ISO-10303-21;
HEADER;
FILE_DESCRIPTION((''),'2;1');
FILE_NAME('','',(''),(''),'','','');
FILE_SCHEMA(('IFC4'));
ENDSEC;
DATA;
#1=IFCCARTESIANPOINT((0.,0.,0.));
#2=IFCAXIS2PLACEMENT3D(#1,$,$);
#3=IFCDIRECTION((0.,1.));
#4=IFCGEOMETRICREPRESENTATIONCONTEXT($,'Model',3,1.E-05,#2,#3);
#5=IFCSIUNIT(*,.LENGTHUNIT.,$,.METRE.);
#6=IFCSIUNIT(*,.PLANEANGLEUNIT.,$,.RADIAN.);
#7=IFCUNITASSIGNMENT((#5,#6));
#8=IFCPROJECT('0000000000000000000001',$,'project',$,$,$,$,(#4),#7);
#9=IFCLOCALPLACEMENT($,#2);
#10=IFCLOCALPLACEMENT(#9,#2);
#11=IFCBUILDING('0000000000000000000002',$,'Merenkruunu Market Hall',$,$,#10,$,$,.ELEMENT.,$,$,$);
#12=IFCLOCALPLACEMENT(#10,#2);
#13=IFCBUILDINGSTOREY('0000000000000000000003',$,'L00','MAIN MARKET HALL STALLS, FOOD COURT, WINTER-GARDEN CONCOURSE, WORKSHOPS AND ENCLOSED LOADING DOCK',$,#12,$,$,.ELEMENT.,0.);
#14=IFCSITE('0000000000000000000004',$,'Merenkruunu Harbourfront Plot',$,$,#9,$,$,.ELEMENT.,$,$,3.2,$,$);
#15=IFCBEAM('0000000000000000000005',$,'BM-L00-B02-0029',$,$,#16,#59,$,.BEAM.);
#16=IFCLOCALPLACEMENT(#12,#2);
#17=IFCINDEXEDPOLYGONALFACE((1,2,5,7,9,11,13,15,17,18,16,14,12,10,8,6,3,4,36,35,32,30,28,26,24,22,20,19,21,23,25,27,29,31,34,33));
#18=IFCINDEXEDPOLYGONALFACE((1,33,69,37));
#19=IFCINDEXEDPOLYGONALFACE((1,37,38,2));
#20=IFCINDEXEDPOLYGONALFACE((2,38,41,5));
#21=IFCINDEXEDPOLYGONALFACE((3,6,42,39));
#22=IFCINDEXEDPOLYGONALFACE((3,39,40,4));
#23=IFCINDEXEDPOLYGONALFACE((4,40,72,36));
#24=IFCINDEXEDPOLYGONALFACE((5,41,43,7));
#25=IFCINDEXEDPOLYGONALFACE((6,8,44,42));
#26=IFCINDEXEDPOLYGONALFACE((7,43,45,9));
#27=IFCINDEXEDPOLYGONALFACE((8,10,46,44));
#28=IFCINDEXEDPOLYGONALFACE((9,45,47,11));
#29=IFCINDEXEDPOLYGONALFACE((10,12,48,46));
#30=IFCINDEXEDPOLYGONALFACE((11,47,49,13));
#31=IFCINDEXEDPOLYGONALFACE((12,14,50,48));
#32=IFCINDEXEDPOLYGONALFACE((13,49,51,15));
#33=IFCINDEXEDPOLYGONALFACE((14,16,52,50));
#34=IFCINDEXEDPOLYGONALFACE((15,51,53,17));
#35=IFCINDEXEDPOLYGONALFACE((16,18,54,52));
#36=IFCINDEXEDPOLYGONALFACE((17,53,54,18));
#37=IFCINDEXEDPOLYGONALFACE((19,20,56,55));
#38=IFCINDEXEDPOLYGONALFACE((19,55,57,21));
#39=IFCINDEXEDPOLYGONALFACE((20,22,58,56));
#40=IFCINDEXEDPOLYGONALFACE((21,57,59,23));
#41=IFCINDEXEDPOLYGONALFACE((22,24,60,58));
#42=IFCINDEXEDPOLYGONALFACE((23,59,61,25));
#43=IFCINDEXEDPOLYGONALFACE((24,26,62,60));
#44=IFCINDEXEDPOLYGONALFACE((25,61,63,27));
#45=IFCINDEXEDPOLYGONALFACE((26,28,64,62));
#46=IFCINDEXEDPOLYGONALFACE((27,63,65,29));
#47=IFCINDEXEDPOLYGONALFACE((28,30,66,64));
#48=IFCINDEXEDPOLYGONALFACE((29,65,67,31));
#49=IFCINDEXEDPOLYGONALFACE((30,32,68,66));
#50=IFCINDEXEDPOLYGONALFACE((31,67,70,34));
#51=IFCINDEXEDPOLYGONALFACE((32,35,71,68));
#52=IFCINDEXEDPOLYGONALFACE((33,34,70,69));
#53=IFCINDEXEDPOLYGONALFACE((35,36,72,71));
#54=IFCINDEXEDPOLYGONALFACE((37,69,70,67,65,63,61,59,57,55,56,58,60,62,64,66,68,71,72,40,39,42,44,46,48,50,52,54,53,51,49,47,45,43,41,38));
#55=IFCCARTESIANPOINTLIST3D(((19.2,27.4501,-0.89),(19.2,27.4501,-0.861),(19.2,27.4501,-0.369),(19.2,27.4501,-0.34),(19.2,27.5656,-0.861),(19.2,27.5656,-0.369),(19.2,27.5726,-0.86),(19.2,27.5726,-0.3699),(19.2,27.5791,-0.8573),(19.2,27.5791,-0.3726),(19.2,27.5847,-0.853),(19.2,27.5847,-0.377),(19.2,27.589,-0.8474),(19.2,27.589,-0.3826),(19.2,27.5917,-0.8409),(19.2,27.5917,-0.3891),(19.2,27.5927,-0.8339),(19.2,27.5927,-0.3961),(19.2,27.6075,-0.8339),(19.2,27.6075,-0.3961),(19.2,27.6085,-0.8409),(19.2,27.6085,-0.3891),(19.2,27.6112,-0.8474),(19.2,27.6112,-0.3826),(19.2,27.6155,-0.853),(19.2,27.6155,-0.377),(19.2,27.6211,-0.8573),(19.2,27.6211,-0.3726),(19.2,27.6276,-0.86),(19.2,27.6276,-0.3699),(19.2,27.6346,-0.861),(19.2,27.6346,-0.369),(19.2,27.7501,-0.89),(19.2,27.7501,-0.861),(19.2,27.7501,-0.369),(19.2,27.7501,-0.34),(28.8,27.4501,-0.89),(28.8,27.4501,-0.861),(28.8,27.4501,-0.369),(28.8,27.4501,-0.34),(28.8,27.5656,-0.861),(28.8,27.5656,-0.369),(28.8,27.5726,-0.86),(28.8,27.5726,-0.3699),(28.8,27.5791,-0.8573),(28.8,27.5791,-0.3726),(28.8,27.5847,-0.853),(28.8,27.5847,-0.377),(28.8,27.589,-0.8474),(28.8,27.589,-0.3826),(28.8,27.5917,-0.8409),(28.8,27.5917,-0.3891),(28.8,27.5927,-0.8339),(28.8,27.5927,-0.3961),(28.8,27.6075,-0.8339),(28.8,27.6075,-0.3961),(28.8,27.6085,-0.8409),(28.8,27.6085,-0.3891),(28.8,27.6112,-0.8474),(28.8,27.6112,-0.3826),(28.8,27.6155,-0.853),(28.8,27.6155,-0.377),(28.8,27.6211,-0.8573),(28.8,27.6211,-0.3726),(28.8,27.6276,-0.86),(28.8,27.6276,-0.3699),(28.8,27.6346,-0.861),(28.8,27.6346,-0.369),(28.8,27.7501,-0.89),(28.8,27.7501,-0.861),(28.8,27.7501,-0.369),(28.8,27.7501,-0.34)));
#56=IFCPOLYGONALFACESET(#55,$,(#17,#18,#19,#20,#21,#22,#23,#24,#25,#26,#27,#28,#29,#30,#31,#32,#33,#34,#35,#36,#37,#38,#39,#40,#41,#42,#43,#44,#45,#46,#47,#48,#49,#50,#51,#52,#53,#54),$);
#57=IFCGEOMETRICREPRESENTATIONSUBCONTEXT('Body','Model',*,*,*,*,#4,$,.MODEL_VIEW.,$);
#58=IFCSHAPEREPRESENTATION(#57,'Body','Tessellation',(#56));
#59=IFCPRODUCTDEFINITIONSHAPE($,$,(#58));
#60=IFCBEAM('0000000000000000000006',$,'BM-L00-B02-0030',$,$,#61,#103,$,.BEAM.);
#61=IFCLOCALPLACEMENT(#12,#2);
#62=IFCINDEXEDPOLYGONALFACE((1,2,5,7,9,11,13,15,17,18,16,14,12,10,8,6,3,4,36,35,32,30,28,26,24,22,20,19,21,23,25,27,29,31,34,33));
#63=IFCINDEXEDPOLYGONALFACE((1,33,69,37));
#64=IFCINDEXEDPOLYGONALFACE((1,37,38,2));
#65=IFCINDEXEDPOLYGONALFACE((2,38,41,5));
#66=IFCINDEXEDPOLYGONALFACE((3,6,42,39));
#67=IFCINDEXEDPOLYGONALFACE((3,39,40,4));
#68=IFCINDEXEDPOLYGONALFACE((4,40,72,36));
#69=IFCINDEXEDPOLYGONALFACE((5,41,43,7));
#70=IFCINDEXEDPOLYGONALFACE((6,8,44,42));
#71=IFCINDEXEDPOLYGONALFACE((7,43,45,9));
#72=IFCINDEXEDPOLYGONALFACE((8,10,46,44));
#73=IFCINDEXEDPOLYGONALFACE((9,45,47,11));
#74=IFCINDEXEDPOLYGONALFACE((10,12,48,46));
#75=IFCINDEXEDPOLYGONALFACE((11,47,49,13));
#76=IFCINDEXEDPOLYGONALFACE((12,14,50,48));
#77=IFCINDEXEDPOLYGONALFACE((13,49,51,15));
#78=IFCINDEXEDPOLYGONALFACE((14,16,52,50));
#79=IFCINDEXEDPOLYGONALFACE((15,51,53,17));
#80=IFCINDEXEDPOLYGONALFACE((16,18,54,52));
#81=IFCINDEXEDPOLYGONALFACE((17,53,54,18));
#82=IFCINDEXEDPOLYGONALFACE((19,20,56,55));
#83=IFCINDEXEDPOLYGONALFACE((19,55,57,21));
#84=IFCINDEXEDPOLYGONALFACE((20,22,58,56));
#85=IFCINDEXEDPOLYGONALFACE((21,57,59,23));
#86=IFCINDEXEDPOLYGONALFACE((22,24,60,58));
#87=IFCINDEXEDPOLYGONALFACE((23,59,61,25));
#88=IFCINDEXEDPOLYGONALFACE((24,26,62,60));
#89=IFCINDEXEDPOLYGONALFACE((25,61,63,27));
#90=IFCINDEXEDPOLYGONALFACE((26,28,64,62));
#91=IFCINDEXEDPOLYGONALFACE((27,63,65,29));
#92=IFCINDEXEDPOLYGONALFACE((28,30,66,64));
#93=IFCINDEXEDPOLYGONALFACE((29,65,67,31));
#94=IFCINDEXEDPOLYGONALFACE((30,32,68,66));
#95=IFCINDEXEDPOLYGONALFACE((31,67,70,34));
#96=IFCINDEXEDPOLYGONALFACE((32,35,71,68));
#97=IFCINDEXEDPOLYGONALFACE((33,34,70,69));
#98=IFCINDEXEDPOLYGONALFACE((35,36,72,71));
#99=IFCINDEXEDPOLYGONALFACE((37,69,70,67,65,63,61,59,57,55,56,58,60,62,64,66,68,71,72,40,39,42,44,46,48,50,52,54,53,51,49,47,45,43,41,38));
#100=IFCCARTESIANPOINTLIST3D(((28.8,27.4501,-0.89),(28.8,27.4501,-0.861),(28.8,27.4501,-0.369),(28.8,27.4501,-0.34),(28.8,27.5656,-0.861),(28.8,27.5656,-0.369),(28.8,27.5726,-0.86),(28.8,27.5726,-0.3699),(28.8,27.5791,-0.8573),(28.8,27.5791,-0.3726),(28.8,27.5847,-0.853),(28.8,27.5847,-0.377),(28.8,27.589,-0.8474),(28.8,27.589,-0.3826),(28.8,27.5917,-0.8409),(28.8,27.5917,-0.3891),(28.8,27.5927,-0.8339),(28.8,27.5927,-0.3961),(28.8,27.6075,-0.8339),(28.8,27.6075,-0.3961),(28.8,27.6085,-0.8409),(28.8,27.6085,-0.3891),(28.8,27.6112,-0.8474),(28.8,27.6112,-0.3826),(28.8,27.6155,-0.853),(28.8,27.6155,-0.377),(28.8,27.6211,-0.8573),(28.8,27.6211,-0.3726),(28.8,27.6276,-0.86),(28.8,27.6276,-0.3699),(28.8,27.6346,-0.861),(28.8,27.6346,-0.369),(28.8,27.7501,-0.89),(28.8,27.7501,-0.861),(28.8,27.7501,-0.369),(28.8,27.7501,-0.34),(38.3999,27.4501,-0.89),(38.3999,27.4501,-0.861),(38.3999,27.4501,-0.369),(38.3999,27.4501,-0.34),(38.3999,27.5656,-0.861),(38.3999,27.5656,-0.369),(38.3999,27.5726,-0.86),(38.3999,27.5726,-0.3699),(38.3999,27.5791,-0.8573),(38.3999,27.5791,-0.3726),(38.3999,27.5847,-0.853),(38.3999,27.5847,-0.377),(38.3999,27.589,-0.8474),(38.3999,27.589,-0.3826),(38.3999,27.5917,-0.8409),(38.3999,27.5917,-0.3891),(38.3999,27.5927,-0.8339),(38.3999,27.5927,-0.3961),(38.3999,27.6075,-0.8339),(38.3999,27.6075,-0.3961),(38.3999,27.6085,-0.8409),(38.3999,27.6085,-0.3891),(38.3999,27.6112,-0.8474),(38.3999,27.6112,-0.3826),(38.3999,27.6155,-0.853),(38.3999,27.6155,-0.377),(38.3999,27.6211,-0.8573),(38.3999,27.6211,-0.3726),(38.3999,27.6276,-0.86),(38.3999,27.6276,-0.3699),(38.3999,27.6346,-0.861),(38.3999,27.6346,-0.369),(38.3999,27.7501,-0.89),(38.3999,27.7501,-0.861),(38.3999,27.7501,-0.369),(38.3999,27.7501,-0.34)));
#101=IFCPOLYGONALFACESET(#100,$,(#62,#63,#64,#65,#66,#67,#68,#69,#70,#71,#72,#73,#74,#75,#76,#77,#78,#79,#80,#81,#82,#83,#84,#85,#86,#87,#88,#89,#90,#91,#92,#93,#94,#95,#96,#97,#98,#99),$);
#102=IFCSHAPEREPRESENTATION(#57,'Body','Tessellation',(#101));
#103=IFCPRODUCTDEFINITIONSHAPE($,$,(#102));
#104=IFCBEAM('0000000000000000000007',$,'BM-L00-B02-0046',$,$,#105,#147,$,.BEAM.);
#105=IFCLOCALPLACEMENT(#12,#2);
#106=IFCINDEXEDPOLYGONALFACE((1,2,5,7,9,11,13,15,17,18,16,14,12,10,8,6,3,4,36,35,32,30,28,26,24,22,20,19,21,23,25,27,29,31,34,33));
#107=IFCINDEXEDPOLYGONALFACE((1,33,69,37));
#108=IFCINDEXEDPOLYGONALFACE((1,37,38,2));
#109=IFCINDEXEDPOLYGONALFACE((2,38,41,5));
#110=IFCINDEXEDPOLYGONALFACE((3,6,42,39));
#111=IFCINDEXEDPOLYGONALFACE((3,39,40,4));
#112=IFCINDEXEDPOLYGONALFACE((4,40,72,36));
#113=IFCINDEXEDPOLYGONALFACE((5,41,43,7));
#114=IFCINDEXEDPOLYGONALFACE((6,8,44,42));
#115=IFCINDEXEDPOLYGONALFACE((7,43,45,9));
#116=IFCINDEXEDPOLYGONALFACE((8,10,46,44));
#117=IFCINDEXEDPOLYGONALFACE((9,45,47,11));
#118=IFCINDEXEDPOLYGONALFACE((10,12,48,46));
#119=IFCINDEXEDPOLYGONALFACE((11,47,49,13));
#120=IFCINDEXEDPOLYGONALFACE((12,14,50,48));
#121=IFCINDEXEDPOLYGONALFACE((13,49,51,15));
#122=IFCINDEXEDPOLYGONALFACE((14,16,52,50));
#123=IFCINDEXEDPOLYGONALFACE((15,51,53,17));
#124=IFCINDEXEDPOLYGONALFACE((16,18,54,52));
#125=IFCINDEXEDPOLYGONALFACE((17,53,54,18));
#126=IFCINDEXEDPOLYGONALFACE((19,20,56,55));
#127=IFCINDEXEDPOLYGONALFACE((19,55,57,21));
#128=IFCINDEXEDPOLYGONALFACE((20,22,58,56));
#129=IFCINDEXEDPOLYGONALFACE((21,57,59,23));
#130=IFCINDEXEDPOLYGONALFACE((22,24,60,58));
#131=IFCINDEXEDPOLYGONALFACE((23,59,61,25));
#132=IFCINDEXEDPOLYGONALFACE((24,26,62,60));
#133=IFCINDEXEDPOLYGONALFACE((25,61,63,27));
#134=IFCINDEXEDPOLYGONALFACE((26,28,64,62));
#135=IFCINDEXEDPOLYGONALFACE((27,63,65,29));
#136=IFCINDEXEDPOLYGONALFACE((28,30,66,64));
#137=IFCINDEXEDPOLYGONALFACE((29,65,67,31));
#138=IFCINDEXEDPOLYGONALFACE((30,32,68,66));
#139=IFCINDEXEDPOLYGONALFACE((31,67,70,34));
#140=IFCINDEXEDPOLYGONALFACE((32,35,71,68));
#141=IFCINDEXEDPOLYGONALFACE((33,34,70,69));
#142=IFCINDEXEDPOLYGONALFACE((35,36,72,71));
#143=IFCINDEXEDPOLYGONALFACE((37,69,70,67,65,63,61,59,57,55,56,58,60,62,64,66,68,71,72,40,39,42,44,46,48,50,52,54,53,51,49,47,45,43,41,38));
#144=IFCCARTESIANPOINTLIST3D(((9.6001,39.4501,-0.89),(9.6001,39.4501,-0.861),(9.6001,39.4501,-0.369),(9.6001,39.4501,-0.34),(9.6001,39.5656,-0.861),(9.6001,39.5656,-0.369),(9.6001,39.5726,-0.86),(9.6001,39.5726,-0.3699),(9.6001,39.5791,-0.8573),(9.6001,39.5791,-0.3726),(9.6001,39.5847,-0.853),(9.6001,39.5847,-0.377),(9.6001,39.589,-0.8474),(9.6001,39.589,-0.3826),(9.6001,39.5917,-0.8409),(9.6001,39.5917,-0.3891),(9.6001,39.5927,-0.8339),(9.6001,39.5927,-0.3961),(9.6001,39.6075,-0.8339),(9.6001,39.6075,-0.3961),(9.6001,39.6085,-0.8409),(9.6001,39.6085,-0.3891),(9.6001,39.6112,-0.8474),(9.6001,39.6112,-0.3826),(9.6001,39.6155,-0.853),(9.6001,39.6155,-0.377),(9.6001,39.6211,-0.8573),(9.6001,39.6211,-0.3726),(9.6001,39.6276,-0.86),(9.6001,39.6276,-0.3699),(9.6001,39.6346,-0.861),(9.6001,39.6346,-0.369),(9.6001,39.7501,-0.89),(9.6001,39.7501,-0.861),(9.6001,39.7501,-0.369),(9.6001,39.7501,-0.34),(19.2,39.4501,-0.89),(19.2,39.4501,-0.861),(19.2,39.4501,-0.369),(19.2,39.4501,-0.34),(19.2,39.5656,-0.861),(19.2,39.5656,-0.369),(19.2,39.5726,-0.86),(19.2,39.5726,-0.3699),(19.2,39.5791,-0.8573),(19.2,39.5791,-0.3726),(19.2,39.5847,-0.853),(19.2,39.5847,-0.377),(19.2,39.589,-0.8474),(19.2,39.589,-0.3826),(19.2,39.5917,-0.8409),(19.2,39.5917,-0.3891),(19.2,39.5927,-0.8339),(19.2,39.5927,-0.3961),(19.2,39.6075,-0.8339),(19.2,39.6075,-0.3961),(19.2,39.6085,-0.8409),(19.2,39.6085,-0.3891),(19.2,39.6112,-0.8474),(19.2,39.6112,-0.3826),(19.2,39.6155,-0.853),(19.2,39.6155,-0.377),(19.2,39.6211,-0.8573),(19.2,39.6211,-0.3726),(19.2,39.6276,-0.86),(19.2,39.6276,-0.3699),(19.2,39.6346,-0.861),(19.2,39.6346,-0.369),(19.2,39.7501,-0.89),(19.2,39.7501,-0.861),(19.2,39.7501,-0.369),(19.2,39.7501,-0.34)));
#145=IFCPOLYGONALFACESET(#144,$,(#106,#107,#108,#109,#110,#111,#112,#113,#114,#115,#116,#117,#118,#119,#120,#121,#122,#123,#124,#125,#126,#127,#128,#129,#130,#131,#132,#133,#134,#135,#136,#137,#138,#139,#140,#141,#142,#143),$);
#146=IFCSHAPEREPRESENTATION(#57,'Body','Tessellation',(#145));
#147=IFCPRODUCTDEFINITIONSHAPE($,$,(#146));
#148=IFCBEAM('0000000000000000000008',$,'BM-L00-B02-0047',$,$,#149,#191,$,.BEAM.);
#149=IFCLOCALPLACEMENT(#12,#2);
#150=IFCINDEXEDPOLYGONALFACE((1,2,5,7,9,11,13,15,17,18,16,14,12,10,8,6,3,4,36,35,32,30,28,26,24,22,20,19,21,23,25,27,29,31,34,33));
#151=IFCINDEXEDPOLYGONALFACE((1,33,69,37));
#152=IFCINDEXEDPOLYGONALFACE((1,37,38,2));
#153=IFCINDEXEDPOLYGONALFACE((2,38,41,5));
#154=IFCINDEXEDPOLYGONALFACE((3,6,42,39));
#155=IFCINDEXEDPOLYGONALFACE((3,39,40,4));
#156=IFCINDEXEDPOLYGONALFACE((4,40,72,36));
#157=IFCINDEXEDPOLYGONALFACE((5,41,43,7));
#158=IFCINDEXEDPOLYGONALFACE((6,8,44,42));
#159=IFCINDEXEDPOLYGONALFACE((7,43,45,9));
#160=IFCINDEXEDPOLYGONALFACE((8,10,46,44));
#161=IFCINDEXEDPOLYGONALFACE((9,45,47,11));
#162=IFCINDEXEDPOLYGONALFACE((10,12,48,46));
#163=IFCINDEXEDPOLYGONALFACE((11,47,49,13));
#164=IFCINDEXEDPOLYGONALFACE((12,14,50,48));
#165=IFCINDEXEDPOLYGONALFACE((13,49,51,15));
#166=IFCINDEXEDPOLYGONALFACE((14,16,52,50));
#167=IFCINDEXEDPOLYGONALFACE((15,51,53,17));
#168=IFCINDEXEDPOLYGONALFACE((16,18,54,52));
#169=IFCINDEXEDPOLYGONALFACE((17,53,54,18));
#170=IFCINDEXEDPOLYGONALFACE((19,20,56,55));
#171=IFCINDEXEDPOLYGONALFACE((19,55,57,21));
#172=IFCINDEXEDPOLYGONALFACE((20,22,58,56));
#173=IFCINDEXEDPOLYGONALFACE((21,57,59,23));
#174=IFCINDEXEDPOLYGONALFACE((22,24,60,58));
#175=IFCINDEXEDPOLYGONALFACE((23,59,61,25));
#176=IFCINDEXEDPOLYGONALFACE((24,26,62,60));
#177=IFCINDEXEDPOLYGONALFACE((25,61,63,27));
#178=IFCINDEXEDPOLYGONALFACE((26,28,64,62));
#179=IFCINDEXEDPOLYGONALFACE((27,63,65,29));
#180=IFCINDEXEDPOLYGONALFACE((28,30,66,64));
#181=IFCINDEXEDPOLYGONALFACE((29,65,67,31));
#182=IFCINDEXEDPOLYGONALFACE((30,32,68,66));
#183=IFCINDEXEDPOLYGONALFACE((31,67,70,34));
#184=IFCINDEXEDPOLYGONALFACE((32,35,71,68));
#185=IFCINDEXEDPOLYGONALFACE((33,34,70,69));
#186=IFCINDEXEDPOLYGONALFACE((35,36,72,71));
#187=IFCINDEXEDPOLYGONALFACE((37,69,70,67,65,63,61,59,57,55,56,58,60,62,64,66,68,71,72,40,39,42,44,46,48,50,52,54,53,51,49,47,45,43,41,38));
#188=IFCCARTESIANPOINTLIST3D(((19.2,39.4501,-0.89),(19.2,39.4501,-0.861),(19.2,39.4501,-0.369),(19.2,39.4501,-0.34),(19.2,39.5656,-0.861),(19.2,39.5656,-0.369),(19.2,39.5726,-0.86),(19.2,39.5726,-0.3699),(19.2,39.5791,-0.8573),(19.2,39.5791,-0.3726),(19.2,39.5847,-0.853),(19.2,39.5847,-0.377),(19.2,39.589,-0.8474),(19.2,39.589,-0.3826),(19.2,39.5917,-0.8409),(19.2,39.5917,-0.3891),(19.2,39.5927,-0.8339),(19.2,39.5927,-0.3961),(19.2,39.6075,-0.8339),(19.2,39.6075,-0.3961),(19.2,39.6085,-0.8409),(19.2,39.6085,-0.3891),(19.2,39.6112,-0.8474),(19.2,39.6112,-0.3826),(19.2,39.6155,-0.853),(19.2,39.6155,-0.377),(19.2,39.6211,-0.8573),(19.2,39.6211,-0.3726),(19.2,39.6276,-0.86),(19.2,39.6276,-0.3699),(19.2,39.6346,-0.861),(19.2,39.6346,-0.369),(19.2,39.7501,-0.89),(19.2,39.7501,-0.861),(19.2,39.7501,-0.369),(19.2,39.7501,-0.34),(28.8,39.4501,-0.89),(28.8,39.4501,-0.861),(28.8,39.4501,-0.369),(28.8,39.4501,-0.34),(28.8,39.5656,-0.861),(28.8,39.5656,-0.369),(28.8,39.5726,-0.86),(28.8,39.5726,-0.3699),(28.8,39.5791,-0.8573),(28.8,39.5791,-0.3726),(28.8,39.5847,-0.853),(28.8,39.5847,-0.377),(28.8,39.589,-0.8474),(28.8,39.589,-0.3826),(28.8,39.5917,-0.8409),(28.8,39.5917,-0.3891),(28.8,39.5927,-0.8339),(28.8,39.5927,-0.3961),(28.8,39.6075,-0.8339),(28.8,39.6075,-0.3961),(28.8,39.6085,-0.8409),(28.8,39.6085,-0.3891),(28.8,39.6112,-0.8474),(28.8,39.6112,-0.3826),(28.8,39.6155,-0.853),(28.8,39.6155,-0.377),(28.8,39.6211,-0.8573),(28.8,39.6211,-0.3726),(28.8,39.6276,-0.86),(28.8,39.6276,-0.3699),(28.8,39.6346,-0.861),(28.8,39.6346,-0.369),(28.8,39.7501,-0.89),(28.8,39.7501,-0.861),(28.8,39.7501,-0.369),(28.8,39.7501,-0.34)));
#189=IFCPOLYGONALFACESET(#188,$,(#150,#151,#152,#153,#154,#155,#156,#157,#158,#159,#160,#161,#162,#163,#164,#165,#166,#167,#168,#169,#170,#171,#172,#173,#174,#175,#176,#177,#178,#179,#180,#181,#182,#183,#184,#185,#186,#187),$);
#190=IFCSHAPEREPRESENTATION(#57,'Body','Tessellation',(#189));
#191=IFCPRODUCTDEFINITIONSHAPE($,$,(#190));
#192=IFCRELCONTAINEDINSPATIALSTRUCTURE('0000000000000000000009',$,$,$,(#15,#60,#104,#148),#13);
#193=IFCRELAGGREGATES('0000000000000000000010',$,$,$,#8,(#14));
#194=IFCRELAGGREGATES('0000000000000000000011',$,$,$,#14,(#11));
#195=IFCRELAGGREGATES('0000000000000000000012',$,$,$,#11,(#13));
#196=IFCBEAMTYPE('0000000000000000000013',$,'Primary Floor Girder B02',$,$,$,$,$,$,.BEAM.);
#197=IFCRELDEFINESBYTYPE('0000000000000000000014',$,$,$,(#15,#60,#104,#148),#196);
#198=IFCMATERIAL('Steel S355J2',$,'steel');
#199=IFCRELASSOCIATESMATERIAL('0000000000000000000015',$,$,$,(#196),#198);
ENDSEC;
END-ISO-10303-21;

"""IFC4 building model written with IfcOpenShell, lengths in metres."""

from ifc_helpers import new_model, si_unit, direction, frame, origin, origin_2d, place, context, subcontext, project, spatial, i_section, extrude, material, material_profile, profile_set, type_object, element, save


model = new_model("IFC4")

# Units and contexts
model_context = context("Model", 3, precision=1e-05, world=origin(), true_north=direction((0.0, 1.0)))
body_context = subcontext(model_context, "Body", "Model", "MODEL_VIEW")
ifc_project = project(units=[si_unit("LENGTHUNIT", "METRE"), si_unit("PLANEANGLEUNIT", "RADIAN")], contexts=[model_context])

# Site, building, storey
site_placement = place(None, origin())
site = spatial("IfcSite", under=ifc_project, at=site_placement, Name="Merenkruunu Harbourfront Plot", CompositionType="ELEMENT", RefElevation=3.2)
building_placement = place(site_placement, origin())
building = spatial("IfcBuilding", under=site, at=building_placement, Name="Merenkruunu Market Hall", CompositionType="ELEMENT")
storey_placement = place(building_placement, origin())
storey = spatial("IfcBuildingStorey", under=building, at=storey_placement, Name="L00", Description="MAIN MARKET HALL STALLS, FOOD COURT, WINTER-GARDEN CONCOURSE, WORKSHOPS AND ENCLOSED LOADING DOCK", CompositionType="ELEMENT", Elevation=0.0)

# Shared definitions
ifc_material_1 = material(Name="Steel S355J2", Category="steel")

# Beams
ifc_material_profile_1 = material_profile(ifc_material_1, i_section(OverallWidth=0.3, OverallDepth=0.55, WebThickness=0.0149, FlangeThickness=0.0291, FilletRadius=0.0271, at=origin_2d()), Name="HEB 550")
ifc_profile_set_1 = profile_set([ifc_material_profile_1], Name="Steel S355J2")
beam_type_1 = type_object("IfcBeamType", Name="Primary Floor Girder B02", PredefinedType="BEAM", material=ifc_profile_set_1)
beam_1_placement = place(storey_placement, frame((19.2, 27.6001, -0.615), z_axis=(1.0, 0.0, 0.0), x_axis=(0.0, 1.0, 0.0)))
element("IfcBeam", 1, at=beam_1_placement, inside=storey, type_object=beam_type_1, Name="BM-L00-B02-0029", PredefinedType="BEAM", context=body_context, shape_type="SweptSolid", body=[
    extrude(i_section(OverallWidth=0.3, OverallDepth=0.55, WebThickness=0.0149, FlangeThickness=0.0291, FilletRadius=0.0271, at=origin_2d()), origin(), (0.0, 0.0, 1.0), 9.6001),
])
for number, where, z_axis, x_axis, name in (
    (2, (28.8, 27.6001, -0.615), (1.0, 0.0, 0.0), (0.0, 1.0, 0.0), "BM-L00-B02-0030"),
    (3, (9.6001, 39.6001, -0.615), (1.0, 0.0, 0.0), (0.0, 1.0, 0.0), "BM-L00-B02-0046"),
):
    element("IfcBeam", number, at=place(storey_placement, frame(where, z_axis=z_axis, x_axis=x_axis)), inside=storey, type_object=beam_type_1, Name=name, PredefinedType="BEAM", context=body_context, shape_type="SweptSolid", body=[
        extrude(i_section(OverallWidth=0.3, OverallDepth=0.55, WebThickness=0.0149, FlangeThickness=0.0291, FilletRadius=0.0271, at=origin_2d()), origin(), (0.0, 0.0, 1.0), 9.5999),
    ])
beam_2_placement = place(storey_placement, frame((19.2, 39.6001, -0.615), z_axis=(1.0, 0.0, 0.0), x_axis=(0.0, 1.0, 0.0)))
element("IfcBeam", 4, at=beam_2_placement, inside=storey, type_object=beam_type_1, Name="BM-L00-B02-0047", PredefinedType="BEAM", context=body_context, shape_type="SweptSolid", body=[
    extrude(i_section(OverallWidth=0.3, OverallDepth=0.55, WebThickness=0.0149, FlangeThickness=0.0291, FilletRadius=0.0271, at=origin_2d()), origin(), (0.0, 0.0, 1.0), 9.6001),
])

save(model, "model.ifc")
